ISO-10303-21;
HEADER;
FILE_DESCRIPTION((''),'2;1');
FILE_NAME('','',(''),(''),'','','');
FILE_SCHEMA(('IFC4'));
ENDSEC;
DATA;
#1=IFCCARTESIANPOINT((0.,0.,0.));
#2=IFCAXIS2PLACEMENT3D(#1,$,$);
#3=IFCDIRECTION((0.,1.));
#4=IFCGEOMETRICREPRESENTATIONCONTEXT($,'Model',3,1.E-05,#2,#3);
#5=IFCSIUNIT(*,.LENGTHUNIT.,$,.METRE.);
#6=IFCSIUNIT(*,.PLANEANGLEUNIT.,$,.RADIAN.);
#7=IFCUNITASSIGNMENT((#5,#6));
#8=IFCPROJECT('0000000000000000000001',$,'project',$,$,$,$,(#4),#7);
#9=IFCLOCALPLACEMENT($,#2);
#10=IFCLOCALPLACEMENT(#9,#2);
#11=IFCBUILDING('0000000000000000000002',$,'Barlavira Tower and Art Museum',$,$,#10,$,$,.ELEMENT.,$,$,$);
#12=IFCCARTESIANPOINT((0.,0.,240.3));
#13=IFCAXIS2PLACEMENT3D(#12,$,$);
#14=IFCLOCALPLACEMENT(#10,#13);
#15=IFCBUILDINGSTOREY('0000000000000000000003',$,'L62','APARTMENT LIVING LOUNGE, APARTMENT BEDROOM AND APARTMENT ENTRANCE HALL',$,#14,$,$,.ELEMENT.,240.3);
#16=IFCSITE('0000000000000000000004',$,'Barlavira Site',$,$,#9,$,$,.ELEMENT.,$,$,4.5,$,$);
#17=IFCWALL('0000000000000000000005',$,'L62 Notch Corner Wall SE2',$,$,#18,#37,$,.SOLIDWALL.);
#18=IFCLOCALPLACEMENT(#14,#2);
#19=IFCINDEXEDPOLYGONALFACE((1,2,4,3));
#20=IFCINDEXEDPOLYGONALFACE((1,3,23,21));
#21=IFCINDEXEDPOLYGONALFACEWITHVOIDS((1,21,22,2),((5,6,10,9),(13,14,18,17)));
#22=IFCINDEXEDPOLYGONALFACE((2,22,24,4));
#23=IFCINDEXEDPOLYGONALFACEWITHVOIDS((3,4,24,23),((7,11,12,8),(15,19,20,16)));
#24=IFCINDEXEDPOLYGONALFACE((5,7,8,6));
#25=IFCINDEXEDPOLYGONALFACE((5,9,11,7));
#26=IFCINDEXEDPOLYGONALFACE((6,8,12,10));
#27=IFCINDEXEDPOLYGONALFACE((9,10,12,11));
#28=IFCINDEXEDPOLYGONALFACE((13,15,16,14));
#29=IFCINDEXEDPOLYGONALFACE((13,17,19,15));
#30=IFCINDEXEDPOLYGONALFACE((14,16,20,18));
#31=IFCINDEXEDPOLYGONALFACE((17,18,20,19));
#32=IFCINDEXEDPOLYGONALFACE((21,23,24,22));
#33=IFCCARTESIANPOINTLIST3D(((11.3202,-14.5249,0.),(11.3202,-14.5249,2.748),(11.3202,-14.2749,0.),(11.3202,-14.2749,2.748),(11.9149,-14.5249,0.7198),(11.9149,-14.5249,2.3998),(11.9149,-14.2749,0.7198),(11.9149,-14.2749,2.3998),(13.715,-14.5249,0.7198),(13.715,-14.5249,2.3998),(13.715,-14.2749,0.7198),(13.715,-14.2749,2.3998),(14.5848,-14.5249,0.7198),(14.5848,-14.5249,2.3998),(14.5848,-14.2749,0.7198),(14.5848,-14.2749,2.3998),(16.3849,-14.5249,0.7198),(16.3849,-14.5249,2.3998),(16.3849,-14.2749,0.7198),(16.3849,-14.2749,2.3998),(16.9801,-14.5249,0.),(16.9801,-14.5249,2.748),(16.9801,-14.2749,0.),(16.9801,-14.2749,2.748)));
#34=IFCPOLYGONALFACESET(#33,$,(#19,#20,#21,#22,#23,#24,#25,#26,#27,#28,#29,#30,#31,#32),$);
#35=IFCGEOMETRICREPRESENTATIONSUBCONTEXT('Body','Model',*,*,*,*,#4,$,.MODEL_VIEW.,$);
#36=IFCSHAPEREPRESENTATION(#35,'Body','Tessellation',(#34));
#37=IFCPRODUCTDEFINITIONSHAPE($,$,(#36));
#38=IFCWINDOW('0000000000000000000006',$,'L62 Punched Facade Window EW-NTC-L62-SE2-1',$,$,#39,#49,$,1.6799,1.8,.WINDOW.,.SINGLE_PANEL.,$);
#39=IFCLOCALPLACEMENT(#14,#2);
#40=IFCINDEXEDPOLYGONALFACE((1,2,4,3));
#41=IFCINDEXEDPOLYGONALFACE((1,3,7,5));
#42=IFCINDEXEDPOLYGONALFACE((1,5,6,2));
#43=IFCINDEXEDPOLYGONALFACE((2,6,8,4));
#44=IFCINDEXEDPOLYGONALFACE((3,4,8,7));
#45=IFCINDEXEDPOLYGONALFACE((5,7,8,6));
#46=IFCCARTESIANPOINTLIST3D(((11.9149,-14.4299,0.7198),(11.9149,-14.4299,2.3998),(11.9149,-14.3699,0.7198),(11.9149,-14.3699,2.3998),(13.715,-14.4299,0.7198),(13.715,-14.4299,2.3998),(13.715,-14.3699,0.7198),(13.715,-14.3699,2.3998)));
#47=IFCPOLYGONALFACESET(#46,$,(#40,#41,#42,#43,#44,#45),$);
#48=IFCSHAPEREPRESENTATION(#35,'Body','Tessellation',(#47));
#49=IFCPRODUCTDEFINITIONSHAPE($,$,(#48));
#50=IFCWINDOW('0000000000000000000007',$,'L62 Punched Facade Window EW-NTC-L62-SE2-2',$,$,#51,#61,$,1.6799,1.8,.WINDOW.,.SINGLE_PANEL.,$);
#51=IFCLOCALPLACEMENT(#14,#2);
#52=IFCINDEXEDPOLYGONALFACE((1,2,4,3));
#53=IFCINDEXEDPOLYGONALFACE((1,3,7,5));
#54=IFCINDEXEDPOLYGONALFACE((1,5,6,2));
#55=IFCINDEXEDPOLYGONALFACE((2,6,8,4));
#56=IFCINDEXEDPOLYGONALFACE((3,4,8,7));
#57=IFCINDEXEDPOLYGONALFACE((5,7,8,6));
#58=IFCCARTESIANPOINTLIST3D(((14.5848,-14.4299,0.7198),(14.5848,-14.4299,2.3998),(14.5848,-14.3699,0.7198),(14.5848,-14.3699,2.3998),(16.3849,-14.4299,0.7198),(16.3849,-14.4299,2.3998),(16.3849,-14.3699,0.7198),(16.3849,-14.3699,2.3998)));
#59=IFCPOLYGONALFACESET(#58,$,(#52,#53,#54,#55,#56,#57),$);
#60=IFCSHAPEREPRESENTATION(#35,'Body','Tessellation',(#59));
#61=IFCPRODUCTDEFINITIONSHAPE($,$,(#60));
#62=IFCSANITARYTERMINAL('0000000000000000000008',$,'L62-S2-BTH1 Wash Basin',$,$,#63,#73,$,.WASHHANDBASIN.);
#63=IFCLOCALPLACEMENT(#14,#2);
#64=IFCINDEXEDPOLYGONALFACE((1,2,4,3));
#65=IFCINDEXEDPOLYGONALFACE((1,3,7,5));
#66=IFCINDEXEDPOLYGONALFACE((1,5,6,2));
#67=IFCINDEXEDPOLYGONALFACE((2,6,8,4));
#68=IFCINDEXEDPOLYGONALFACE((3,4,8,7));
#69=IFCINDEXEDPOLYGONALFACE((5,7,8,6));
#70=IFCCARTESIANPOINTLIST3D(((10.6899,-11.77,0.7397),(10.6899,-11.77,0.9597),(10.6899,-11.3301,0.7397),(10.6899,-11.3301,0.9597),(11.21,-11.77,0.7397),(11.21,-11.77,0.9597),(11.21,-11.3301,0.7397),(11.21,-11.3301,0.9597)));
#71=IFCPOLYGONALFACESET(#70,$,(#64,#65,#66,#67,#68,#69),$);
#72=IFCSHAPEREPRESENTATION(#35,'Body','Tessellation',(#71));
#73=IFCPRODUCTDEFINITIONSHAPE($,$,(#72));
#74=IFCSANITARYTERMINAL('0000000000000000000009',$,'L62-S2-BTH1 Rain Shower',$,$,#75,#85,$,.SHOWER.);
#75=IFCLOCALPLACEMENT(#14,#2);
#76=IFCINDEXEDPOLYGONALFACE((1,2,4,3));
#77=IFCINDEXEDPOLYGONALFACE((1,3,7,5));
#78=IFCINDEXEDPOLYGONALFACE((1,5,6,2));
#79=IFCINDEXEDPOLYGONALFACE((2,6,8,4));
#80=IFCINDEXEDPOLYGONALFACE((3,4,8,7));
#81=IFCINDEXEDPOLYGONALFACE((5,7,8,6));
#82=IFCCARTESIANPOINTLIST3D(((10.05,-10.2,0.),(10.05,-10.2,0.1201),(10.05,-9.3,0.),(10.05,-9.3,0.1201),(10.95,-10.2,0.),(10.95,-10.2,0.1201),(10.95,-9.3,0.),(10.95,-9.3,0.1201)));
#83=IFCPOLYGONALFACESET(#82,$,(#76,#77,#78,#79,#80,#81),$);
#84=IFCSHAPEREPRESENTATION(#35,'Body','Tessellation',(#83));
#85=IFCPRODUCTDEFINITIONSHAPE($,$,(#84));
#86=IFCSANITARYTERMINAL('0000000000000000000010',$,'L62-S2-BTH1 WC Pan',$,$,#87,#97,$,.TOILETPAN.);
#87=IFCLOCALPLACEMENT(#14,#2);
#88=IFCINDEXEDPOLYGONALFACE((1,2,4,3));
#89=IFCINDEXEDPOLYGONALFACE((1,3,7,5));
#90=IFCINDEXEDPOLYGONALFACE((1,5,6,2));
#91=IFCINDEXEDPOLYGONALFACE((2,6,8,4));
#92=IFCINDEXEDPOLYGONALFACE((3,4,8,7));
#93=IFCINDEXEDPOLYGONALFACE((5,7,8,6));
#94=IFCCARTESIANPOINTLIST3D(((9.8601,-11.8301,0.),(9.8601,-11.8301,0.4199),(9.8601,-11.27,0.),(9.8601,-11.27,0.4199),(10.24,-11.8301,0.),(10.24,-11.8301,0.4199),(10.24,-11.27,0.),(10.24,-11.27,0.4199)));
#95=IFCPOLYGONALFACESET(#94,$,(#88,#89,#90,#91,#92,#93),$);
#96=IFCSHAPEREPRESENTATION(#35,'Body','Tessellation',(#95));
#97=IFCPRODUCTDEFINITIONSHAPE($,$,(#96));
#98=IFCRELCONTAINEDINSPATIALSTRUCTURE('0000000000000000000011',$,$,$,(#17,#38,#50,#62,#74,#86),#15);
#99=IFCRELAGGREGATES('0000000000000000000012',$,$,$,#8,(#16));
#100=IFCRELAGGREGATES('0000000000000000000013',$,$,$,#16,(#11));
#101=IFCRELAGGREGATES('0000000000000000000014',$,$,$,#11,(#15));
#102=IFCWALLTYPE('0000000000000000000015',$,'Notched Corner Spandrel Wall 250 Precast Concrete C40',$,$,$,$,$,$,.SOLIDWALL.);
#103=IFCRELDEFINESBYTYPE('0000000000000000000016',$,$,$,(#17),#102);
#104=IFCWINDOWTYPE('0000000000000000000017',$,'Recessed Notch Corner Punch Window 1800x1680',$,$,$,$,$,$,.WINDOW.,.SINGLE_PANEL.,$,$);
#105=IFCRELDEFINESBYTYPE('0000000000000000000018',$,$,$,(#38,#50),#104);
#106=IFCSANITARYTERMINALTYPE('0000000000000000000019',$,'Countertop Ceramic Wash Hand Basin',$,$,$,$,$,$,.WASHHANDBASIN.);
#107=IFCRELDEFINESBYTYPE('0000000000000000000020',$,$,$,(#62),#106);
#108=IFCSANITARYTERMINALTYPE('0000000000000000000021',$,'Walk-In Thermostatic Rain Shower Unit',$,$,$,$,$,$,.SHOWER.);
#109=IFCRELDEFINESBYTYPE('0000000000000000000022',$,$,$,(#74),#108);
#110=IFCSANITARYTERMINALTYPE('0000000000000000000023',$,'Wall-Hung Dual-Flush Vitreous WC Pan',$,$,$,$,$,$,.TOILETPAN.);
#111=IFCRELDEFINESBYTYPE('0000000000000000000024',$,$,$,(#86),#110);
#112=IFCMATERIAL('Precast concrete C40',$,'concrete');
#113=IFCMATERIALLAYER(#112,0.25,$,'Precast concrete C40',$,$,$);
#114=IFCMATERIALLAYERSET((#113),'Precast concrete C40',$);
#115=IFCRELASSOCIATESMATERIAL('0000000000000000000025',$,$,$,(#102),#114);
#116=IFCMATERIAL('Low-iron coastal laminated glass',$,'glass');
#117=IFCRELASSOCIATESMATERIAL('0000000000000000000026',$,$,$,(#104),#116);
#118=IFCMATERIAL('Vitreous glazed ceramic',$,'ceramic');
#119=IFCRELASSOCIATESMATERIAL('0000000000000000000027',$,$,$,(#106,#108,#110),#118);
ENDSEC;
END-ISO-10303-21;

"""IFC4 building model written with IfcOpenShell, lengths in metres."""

from ifc_helpers import new_model, si_unit, direction, frame, frame_2d, origin, origin_2d, place, context, subcontext, project, spatial, rectangle, extrude, material, layer, layer_set, type_object, element, fill, save


model = new_model("IFC4")

# Units and contexts
model_context = context("Model", 3, precision=1e-05, world=origin(), true_north=direction((0.0, 1.0)))
body_context = subcontext(model_context, "Body", "Model", "MODEL_VIEW")
ifc_project = project(units=[si_unit("LENGTHUNIT", "METRE"), si_unit("PLANEANGLEUNIT", "RADIAN")], contexts=[model_context])

# Site, building, storey
site_placement = place(None, origin())
site = spatial("IfcSite", under=ifc_project, at=site_placement, Name="Barlavira Site", CompositionType="ELEMENT", RefElevation=4.5)
building_placement = place(site_placement, origin())
building = spatial("IfcBuilding", under=site, at=building_placement, Name="Barlavira Tower and Art Museum", CompositionType="ELEMENT")
storey_placement = place(building_placement, frame((0.0, 0.0, 240.3)))
storey = spatial("IfcBuildingStorey", under=building, at=storey_placement, Name="L62", Description="APARTMENT LIVING LOUNGE, APARTMENT BEDROOM AND APARTMENT ENTRANCE HALL", CompositionType="ELEMENT", Elevation=240.3)

# Shared definitions
ifc_material_1 = material(Name="Precast concrete C40", Category="concrete")
ifc_layer_1 = layer(ifc_material_1, 0.25, Name="Precast concrete C40")
ifc_layer_set_1 = layer_set([ifc_layer_1], Name="Precast concrete C40")
wall_type_1 = type_object("IfcWallType", Name="Notched Corner Spandrel Wall 250 Precast Concrete C40", PredefinedType="SOLIDWALL", material=ifc_layer_set_1)

# Shared definitions
ifc_material_2 = material(Name="Low-iron coastal laminated glass", Category="glass")
window_type = type_object("IfcWindowType", Name="Recessed Notch Corner Punch Window 1800x1680", PartitioningType="SINGLE_PANEL", PredefinedType="WINDOW", material=ifc_material_2)

# Wall, openings, windows
wall_1_placement = place(storey_placement, frame((11.3201, -14.3999, 0.0), z_axis=(0.0, 0.0, 1.0), x_axis=(1.0, 0.0, 0.0)))
wall_1 = element("IfcWall", 1, at=wall_1_placement, inside=storey, type_object=wall_type_1, Name="L62 Notch Corner Wall SE2", PredefinedType="SOLIDWALL", context=body_context, shape_type="SweptSolid", body=[
    extrude(rectangle(XDim=5.6599, YDim=0.25, at=frame_2d((2.8301, 0.0))), origin(), (0.0, 0.0, 1.0), 2.748),
])
opening_1_placement = place(wall_1_placement, frame((0.595, 0.0, 0.72)))
opening_1 = element("IfcOpeningElement", 2, at=opening_1_placement, cuts=wall_1, PredefinedType="OPENING", context=body_context, shape_type="SweptSolid", body=[
    extrude(rectangle(XDim=1.8, YDim=1.6799, at=frame_2d((0.8999, 0.8398))), frame((0.0, 0.135, 0.0), z_axis=(0.0, -1.0, 0.0), x_axis=(1.0, 0.0, 0.0)), (0.0, 0.0, 1.0), 0.27),
])
opening_2_placement = place(wall_1_placement, frame((3.2649, 0.0, 0.72)))
opening_2 = element("IfcOpeningElement", 3, at=opening_2_placement, cuts=wall_1, PredefinedType="OPENING", context=body_context, shape_type="SweptSolid", body=[
    extrude(rectangle(XDim=1.8, YDim=1.6799, at=frame_2d((0.8999, 0.8398))), frame((0.0, 0.135, 0.0), z_axis=(0.0, -1.0, 0.0), x_axis=(1.0, 0.0, 0.0)), (0.0, 0.0, 1.0), 0.27),
])
window_1_placement = place(opening_1_placement, origin())
window_1 = element("IfcWindow", 4, at=window_1_placement, inside=storey, type_object=window_type, Name="L62 Punched Facade Window EW-NTC-L62-SE2-1", OverallHeight=1.6799, OverallWidth=1.8, PartitioningType="SINGLE_PANEL", PredefinedType="WINDOW", context=body_context, shape_type="SweptSolid", body=[
    extrude(rectangle(XDim=1.8, YDim=1.6799, at=frame_2d((0.8999, 0.8398))), frame((0.0, 0.03, 0.0), z_axis=(0.0, -1.0, 0.0), x_axis=(1.0, 0.0, 0.0)), (0.0, 0.0, 1.0), 0.0601),
])
fill(opening_1, window_1)
window_2_placement = place(opening_2_placement, origin())
window_2 = element("IfcWindow", 5, at=window_2_placement, inside=storey, type_object=window_type, Name="L62 Punched Facade Window EW-NTC-L62-SE2-2", OverallHeight=1.6799, OverallWidth=1.8, PartitioningType="SINGLE_PANEL", PredefinedType="WINDOW", context=body_context, shape_type="SweptSolid", body=[
    extrude(rectangle(XDim=1.8, YDim=1.6799, at=frame_2d((0.8999, 0.8398))), frame((0.0, 0.03, 0.0), z_axis=(0.0, -1.0, 0.0), x_axis=(1.0, 0.0, 0.0)), (0.0, 0.0, 1.0), 0.0601),
])
fill(opening_2, window_2)

# Sanitary terminals
ifc_material_3 = material(Name="Vitreous glazed ceramic", Category="ceramic")
sanitary_terminal_type_1 = type_object("IfcSanitaryTerminalType", Name="Countertop Ceramic Wash Hand Basin", PredefinedType="WASHHANDBASIN", material=ifc_material_3)
sanitary_terminal_1_placement = place(storey_placement, frame((10.95, -11.55, 0.7397), z_axis=(0.0, 0.0, 1.0), x_axis=(1.0, 0.0, 0.0)))
element("IfcSanitaryTerminal", 6, at=sanitary_terminal_1_placement, inside=storey, type_object=sanitary_terminal_type_1, Name="L62-S2-BTH1 Wash Basin", PredefinedType="WASHHANDBASIN", context=body_context, shape_type="SweptSolid", body=[
    extrude(rectangle(XDim=0.52, YDim=0.4399, at=origin_2d()), origin(), (0.0, 0.0, 1.0), 0.22),
])
sanitary_terminal_type_2 = type_object("IfcSanitaryTerminalType", Name="Walk-In Thermostatic Rain Shower Unit", PredefinedType="SHOWER", material=ifc_material_3)
sanitary_terminal_2_placement = place(storey_placement, frame((10.5, -9.75, 0.0), z_axis=(0.0, 0.0, 1.0), x_axis=(1.0, 0.0, 0.0)))
element("IfcSanitaryTerminal", 7, at=sanitary_terminal_2_placement, inside=storey, type_object=sanitary_terminal_type_2, Name="L62-S2-BTH1 Rain Shower", PredefinedType="SHOWER", context=body_context, shape_type="SweptSolid", body=[
    extrude(rectangle(XDim=0.8999, YDim=0.8999, at=origin_2d()), origin(), (0.0, 0.0, 1.0), 0.1201),
])
sanitary_terminal_type_3 = type_object("IfcSanitaryTerminalType", Name="Wall-Hung Dual-Flush Vitreous WC Pan", PredefinedType="TOILETPAN", material=ifc_material_3)
sanitary_terminal_3_placement = place(storey_placement, frame((10.05, -11.55, 0.0), z_axis=(0.0, 0.0, 1.0), x_axis=(1.0, 0.0, 0.0)))
element("IfcSanitaryTerminal", 8, at=sanitary_terminal_3_placement, inside=storey, type_object=sanitary_terminal_type_3, Name="L62-S2-BTH1 WC Pan", PredefinedType="TOILETPAN", context=body_context, shape_type="SweptSolid", body=[
    extrude(rectangle(XDim=0.3799, YDim=0.5601, at=origin_2d()), origin(), (0.0, 0.0, 1.0), 0.4199),
])

save(model, "model.ifc")
